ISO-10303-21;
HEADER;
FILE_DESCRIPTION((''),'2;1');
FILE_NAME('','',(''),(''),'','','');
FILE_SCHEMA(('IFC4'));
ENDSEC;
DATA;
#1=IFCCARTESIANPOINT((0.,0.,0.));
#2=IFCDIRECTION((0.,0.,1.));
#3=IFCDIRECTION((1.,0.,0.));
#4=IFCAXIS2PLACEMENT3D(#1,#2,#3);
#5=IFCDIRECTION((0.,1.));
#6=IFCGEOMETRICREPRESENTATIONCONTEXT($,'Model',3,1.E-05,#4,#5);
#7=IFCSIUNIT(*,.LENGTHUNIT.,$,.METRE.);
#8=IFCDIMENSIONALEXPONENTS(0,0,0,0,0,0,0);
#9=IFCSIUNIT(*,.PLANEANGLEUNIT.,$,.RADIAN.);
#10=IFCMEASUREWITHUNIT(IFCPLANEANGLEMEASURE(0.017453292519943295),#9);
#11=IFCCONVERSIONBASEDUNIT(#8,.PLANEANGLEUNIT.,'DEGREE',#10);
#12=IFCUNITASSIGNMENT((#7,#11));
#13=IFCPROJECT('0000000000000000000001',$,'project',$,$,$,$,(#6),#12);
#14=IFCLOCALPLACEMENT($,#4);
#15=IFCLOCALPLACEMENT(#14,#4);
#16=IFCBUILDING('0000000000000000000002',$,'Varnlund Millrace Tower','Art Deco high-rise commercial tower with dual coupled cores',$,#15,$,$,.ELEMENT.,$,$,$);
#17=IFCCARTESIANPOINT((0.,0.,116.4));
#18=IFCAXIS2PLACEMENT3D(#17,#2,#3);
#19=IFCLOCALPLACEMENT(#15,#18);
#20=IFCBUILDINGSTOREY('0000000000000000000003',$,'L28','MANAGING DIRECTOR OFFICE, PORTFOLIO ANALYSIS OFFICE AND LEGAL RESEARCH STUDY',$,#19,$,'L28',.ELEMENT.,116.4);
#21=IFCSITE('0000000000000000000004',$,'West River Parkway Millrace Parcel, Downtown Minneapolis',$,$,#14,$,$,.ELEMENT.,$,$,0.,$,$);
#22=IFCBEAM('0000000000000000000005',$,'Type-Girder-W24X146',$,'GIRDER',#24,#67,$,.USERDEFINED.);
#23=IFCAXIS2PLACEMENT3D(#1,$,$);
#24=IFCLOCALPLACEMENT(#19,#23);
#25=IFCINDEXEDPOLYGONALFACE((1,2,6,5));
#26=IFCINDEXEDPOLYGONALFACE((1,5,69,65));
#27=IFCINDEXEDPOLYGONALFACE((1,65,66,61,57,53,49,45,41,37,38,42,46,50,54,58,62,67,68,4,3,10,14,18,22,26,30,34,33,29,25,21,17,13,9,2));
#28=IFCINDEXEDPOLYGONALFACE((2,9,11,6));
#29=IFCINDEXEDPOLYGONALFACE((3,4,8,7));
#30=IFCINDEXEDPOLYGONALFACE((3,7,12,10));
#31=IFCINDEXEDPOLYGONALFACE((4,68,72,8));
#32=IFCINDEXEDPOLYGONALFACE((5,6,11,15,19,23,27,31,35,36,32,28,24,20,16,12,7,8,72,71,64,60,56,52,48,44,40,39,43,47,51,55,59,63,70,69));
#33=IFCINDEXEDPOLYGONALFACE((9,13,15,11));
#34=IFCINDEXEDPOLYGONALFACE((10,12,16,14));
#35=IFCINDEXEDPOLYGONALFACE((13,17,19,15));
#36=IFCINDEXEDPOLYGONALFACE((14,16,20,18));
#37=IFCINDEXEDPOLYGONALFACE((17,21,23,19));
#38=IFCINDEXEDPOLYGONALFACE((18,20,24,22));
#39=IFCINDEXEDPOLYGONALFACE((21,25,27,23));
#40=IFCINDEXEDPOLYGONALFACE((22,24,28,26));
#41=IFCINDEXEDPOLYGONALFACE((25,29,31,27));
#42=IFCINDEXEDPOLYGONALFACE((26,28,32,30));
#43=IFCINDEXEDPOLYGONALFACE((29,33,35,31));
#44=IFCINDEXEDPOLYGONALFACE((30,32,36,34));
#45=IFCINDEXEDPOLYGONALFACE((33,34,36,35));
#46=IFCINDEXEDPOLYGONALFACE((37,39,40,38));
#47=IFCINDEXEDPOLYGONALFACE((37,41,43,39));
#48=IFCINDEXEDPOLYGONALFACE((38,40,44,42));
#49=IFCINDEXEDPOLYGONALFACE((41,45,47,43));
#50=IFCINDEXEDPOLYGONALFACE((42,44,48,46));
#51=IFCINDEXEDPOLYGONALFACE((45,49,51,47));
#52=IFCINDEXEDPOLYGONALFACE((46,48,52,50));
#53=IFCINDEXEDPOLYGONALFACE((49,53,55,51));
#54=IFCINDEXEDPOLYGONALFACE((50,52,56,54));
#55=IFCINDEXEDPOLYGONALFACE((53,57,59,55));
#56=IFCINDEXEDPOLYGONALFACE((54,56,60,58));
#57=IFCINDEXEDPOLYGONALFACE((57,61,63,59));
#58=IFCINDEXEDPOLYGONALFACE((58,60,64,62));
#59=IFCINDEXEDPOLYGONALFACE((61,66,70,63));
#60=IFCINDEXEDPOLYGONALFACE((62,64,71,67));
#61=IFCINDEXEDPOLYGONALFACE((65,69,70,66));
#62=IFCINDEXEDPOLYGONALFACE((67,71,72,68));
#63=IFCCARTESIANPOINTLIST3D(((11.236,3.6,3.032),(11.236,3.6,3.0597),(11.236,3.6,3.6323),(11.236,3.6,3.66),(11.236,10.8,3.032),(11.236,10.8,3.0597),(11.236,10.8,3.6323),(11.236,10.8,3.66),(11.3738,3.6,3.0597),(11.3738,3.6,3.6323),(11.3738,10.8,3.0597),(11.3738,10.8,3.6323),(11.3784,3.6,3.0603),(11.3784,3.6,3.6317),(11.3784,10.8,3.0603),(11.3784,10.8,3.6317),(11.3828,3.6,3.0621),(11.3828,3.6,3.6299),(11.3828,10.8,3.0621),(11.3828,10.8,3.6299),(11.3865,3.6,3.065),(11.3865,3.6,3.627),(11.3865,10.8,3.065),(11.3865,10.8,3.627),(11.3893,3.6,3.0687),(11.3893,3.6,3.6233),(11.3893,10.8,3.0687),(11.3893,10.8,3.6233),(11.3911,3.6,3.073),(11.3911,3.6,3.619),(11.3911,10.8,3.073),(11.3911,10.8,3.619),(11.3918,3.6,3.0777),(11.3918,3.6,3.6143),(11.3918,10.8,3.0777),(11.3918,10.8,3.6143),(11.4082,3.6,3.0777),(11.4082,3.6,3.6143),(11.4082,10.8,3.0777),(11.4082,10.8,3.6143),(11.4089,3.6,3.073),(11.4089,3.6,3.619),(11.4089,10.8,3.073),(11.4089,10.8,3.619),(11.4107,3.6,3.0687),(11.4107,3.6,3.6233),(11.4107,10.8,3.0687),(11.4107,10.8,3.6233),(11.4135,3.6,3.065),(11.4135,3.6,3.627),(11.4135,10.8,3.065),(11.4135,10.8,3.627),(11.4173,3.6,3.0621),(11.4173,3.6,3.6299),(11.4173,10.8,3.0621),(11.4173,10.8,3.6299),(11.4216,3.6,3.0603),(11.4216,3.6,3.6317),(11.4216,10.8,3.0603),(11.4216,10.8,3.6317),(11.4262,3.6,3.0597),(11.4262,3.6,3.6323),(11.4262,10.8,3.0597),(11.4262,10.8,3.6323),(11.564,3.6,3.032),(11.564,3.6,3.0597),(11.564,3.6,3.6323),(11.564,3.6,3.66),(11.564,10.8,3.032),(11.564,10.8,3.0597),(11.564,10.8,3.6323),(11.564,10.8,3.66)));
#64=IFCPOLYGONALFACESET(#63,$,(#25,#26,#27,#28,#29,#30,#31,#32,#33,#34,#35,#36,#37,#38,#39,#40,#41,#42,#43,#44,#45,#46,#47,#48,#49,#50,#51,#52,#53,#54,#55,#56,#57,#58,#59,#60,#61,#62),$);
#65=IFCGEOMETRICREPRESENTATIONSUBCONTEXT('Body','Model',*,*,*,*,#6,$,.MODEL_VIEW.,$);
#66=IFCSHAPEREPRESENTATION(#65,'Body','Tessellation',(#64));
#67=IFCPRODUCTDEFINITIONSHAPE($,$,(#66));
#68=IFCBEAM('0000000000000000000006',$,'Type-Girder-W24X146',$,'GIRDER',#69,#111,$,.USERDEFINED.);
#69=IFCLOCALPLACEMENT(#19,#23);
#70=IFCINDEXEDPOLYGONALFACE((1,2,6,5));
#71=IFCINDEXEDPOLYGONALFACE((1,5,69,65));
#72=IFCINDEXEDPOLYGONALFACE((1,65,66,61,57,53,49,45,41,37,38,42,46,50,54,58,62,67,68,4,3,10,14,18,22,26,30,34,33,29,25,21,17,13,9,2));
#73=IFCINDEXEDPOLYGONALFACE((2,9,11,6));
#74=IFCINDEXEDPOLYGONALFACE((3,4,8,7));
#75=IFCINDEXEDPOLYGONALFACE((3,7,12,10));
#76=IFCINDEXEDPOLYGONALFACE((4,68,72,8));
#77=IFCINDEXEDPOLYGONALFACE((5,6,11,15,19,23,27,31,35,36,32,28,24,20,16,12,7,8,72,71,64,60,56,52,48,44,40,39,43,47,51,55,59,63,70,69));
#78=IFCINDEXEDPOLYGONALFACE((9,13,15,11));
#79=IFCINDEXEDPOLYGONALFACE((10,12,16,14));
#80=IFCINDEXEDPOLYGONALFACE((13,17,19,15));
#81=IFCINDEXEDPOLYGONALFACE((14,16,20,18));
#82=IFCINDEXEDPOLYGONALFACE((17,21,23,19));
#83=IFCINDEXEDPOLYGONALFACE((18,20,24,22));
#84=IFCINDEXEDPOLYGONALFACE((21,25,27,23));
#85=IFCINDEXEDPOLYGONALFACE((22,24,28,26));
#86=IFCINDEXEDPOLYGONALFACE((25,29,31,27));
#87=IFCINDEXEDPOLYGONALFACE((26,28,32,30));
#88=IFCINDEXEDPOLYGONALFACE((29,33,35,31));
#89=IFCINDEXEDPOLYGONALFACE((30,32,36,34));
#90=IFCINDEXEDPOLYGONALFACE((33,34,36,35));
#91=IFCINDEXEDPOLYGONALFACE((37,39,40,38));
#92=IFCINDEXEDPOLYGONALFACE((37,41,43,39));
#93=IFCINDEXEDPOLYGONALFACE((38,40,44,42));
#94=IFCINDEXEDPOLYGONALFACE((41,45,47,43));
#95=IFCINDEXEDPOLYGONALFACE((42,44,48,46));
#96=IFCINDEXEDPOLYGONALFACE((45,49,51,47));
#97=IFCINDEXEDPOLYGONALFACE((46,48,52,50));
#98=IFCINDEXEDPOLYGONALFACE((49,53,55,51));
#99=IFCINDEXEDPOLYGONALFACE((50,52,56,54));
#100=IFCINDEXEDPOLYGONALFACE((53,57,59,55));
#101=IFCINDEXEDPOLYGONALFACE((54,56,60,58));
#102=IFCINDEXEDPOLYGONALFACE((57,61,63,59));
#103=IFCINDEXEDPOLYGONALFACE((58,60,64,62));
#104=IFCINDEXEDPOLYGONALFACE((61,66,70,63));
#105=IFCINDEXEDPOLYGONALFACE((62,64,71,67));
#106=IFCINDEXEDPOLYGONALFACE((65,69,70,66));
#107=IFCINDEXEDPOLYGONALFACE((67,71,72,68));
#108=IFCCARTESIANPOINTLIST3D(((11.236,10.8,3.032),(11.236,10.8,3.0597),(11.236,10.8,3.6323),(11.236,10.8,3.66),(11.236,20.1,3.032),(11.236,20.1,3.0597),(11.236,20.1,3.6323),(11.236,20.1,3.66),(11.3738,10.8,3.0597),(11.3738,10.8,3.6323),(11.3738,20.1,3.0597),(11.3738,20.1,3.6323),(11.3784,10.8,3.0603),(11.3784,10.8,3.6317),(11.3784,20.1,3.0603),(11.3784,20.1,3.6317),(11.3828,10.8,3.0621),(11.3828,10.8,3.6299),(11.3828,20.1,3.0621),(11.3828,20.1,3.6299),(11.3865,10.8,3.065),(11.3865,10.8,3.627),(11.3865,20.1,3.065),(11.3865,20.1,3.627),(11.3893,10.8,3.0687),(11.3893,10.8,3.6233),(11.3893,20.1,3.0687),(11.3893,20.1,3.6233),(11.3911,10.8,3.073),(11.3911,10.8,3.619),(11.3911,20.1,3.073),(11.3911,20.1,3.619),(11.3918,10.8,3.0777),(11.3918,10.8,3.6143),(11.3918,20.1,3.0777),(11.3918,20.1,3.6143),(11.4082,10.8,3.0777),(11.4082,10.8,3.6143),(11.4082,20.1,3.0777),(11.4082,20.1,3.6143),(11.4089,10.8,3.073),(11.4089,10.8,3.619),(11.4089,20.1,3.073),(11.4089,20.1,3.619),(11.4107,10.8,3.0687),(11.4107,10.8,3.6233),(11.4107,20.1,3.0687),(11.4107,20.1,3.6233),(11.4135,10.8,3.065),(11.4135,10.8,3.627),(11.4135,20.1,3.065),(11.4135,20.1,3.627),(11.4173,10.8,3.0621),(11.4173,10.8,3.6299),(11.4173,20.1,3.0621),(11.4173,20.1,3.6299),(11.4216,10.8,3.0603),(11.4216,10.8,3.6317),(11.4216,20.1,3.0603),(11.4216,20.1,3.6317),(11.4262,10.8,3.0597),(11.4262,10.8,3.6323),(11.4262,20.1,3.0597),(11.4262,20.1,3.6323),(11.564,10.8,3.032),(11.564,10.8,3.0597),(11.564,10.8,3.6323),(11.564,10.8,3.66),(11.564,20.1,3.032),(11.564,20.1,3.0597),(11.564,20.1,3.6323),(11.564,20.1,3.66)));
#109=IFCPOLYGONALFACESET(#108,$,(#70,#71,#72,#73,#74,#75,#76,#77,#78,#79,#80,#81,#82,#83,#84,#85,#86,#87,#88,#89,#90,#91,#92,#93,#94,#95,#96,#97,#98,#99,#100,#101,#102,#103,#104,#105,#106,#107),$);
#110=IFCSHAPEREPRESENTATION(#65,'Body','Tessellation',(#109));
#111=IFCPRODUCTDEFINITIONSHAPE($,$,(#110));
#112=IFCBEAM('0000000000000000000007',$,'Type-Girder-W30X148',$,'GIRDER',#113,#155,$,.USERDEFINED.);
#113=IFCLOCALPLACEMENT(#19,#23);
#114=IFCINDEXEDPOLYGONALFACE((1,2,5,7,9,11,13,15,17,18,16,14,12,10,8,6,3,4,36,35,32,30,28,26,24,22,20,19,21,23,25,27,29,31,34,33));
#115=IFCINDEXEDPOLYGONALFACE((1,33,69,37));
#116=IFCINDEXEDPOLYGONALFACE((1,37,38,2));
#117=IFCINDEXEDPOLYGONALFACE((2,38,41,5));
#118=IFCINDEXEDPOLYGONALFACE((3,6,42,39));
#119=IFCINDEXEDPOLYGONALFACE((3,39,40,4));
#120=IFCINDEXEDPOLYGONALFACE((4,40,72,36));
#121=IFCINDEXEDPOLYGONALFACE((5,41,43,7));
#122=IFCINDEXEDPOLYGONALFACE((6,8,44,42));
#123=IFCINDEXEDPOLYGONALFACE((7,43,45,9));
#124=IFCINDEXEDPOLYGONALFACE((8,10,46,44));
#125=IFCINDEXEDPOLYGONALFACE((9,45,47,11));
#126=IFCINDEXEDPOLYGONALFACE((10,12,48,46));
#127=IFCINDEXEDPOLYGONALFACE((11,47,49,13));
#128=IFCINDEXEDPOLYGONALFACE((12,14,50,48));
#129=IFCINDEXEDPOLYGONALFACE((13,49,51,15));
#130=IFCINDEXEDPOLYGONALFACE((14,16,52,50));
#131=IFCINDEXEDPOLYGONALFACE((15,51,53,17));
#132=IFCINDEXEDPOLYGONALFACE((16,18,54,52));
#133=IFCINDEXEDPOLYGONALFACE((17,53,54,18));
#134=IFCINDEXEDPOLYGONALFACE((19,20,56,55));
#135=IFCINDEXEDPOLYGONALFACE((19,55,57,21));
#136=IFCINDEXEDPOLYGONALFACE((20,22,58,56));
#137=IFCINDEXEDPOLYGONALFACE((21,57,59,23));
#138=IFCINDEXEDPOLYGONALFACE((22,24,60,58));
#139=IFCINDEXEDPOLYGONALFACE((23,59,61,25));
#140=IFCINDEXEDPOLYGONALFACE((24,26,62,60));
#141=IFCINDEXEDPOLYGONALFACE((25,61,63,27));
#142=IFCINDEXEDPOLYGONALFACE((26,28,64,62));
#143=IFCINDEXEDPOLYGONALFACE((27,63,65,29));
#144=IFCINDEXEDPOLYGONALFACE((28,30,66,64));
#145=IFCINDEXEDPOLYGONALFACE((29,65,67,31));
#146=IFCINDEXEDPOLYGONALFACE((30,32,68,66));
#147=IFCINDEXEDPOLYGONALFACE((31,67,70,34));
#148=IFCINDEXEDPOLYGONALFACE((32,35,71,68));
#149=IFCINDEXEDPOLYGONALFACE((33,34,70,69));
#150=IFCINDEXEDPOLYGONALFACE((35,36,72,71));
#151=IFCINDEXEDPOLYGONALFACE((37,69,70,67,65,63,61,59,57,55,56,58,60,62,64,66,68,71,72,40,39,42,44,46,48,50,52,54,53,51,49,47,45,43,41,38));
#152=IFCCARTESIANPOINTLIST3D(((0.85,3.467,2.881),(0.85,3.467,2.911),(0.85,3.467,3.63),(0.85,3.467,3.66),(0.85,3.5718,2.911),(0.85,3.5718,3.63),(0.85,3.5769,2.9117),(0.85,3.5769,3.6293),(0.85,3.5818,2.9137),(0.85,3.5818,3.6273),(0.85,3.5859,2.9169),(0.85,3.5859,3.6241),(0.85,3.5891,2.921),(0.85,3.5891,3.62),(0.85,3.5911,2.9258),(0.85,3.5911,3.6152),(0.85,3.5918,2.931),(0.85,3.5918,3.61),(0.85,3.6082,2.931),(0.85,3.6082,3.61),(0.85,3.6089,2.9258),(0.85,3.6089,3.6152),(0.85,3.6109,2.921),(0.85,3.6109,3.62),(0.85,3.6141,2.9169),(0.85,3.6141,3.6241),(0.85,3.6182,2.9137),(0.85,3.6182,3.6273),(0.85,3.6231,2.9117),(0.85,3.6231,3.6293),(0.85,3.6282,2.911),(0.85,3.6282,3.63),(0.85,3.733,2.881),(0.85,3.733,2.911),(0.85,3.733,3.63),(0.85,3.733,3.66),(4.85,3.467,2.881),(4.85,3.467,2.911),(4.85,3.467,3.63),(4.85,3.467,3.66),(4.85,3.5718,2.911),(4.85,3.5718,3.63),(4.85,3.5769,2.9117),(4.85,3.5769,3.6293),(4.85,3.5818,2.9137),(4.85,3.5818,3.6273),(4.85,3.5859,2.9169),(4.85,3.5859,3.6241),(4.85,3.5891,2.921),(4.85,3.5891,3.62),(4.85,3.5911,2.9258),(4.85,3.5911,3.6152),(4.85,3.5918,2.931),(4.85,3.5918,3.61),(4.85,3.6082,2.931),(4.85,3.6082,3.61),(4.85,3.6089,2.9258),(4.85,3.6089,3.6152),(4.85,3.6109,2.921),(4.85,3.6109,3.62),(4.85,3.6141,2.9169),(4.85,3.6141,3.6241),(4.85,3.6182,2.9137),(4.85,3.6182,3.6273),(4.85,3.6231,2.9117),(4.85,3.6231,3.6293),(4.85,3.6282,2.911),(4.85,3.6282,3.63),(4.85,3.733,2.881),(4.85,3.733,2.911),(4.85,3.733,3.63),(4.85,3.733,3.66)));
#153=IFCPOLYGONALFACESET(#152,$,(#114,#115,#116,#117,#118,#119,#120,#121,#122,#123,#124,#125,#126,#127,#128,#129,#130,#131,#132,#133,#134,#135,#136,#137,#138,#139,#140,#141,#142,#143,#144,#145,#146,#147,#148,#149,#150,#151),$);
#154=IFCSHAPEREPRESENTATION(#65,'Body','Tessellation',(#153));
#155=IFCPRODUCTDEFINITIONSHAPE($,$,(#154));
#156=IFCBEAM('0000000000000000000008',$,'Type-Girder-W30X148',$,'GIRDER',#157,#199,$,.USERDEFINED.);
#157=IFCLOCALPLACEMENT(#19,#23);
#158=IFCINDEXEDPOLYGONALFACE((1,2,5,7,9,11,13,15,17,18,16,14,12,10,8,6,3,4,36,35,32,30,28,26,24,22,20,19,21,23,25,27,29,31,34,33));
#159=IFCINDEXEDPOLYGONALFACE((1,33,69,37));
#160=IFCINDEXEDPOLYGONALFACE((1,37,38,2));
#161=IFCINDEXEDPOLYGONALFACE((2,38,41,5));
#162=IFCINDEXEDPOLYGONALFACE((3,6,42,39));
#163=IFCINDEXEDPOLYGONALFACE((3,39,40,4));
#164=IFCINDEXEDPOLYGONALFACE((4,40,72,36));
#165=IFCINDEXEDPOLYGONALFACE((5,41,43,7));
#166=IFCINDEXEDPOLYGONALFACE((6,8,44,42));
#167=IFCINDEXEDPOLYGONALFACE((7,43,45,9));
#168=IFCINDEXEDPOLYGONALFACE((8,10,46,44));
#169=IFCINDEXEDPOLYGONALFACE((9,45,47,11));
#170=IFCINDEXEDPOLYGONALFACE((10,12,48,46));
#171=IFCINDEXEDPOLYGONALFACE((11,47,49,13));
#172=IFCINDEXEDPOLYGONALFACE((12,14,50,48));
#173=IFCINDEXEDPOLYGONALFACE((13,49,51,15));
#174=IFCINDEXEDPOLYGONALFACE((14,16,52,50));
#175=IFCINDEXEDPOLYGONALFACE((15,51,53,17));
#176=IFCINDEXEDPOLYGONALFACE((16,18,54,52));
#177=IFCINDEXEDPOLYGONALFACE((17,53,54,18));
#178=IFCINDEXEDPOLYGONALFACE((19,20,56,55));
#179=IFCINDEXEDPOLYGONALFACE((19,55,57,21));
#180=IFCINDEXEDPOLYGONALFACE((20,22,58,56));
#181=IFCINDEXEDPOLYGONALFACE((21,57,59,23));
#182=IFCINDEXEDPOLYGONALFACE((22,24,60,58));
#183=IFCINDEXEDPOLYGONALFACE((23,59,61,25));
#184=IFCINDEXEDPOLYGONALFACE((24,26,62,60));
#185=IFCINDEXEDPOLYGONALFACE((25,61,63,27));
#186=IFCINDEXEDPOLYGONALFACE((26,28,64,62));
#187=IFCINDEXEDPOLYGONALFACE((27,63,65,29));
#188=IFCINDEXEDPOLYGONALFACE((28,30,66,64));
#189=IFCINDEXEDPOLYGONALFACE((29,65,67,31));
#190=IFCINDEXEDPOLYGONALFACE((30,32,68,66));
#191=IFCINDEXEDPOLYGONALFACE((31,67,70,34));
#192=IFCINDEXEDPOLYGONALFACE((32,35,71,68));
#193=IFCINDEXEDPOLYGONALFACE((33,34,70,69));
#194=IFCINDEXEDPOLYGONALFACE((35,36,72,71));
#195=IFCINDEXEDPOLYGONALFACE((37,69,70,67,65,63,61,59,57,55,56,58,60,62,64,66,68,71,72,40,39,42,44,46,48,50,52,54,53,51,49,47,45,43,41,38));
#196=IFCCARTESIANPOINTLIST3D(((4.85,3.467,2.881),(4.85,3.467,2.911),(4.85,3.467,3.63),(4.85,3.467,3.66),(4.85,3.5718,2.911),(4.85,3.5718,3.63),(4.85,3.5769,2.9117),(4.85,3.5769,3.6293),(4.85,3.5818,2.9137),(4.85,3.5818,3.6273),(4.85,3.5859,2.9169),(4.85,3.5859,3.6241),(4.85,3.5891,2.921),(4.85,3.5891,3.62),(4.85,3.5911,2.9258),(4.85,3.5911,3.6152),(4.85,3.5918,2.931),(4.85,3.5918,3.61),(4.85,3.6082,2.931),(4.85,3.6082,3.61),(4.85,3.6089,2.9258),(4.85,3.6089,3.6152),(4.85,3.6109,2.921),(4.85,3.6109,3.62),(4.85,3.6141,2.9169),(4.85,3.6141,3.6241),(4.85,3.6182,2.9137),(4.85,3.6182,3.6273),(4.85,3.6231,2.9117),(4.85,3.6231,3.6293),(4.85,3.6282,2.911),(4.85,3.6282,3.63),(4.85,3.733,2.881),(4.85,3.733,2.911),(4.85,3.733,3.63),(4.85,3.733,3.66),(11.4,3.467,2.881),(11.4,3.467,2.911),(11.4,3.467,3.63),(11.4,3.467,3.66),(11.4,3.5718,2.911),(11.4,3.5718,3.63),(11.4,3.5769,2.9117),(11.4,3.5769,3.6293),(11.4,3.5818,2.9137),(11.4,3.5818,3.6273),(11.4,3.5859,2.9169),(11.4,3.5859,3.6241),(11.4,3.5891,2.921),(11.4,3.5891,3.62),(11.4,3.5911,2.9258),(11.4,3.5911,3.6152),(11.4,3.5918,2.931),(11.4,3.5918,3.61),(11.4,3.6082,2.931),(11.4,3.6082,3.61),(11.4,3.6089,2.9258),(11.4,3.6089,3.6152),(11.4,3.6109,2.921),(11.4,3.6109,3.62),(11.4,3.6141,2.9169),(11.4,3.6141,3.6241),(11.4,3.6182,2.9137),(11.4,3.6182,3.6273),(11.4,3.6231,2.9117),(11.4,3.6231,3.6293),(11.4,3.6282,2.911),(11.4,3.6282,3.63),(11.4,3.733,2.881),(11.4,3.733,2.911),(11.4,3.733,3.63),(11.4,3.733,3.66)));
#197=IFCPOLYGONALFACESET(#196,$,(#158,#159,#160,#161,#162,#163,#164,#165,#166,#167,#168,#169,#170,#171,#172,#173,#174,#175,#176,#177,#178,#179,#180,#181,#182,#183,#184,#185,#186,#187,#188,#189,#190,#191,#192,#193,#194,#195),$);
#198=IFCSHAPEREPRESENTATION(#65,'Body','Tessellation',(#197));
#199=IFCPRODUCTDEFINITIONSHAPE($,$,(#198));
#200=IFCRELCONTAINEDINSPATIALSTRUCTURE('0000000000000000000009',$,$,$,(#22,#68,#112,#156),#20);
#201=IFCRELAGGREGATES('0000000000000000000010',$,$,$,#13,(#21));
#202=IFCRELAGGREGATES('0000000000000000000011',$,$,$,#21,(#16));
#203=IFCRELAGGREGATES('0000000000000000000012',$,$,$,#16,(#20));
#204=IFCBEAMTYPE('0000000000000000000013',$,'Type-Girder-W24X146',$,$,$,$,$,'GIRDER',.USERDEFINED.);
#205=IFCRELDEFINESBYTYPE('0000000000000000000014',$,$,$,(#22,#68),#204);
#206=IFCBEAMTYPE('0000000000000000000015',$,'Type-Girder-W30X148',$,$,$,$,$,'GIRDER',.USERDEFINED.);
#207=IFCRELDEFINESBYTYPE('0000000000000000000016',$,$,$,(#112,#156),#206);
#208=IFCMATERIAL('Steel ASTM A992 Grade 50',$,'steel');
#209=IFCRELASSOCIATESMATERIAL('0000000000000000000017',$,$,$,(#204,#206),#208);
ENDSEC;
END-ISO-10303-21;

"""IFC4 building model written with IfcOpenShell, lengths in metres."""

from ifc_helpers import new_model, entity, si_unit, converted_unit, direction, frame, origin_with_axes, origin_2d_with_axis, place, context, subcontext, project, spatial, i_section, extrude, material, material_profile, profile_set, type_object, element, save


model = new_model("IFC4")

# Units and contexts
model_context = context("Model", 3, precision=1e-05, world=origin_with_axes(), true_north=direction((0.0, 1.0)))
body_context = subcontext(model_context, "Body", "Model", "MODEL_VIEW")
ifc_project = project(units=[si_unit("LENGTHUNIT", "METRE"), converted_unit("PLANEANGLEUNIT", "DEGREE", entity("IfcPlaneAngleMeasure", 0.017453292519943295), si_unit("PLANEANGLEUNIT", "RADIAN"), dimensions=[0, 0, 0, 0, 0, 0, 0])], contexts=[model_context])

# Site, building, storey
site_placement = place(None, origin_with_axes())
site = spatial("IfcSite", under=ifc_project, at=site_placement, Name="West River Parkway Millrace Parcel, Downtown Minneapolis", CompositionType="ELEMENT", RefElevation=0.0)
building_placement = place(site_placement, origin_with_axes())
building = spatial("IfcBuilding", under=site, at=building_placement, Name="Varnlund Millrace Tower", Description="Art Deco high-rise commercial tower with dual coupled cores", CompositionType="ELEMENT")
storey_placement = place(building_placement, frame((0.0, 0.0, 116.4), z_axis=(0.0, 0.0, 1.0), x_axis=(1.0, 0.0, 0.0)))
storey = spatial("IfcBuildingStorey", under=building, at=storey_placement, Name="L28", Description="MANAGING DIRECTOR OFFICE, PORTFOLIO ANALYSIS OFFICE AND LEGAL RESEARCH STUDY", LongName="L28", CompositionType="ELEMENT", Elevation=116.4)

# Beams
ifc_material_1 = material(Name="Steel ASTM A992 Grade 50", Category="steel")
ifc_material_profile_1 = material_profile(ifc_material_1, i_section(OverallWidth=0.328, OverallDepth=0.628, WebThickness=0.0165, FlangeThickness=0.0277, FilletRadius=0.018, at=origin_2d_with_axis()), Name="Steel ASTM A992 Grade 50")
ifc_profile_set_1 = profile_set([ifc_material_profile_1], Name="Steel ASTM A992 Grade 50")
beam_type_1 = type_object("IfcBeamType", Name="Type-Girder-W24X146", ElementType="GIRDER", PredefinedType="USERDEFINED", material=ifc_profile_set_1)
beam_1_placement = place(storey_placement, frame((11.4, 3.6, 3.346), z_axis=(0.0, 1.0, 0.0), x_axis=(-1.0, 0.0, 0.0)))
element("IfcBeam", 1, at=beam_1_placement, inside=storey, type_object=beam_type_1, Name="Type-Girder-W24X146", ObjectType="GIRDER", PredefinedType="USERDEFINED", context=body_context, shape_type="SweptSolid", body=[
    extrude(i_section(OverallWidth=0.328, OverallDepth=0.628, WebThickness=0.0165, FlangeThickness=0.0277, FilletRadius=0.018, at=origin_2d_with_axis()), origin_with_axes(), (0.0, 0.0, 1.0), 7.2),
])
beam_2_placement = place(storey_placement, frame((11.4, 10.8, 3.346), z_axis=(0.0, 1.0, 0.0), x_axis=(-1.0, 0.0, 0.0)))
element("IfcBeam", 2, at=beam_2_placement, inside=storey, type_object=beam_type_1, Name="Type-Girder-W24X146", ObjectType="GIRDER", PredefinedType="USERDEFINED", context=body_context, shape_type="SweptSolid", body=[
    extrude(i_section(OverallWidth=0.328, OverallDepth=0.628, WebThickness=0.0165, FlangeThickness=0.0277, FilletRadius=0.018, at=origin_2d_with_axis()), origin_with_axes(), (0.0, 0.0, 1.0), 9.3),
])
ifc_material_profile_2 = material_profile(ifc_material_1, i_section(OverallWidth=0.266, OverallDepth=0.779, WebThickness=0.0165, FlangeThickness=0.03, FilletRadius=0.02, at=origin_2d_with_axis()), Name="Steel ASTM A992 Grade 50")
ifc_profile_set_2 = profile_set([ifc_material_profile_2], Name="Steel ASTM A992 Grade 50")
beam_type_2 = type_object("IfcBeamType", Name="Type-Girder-W30X148", ElementType="GIRDER", PredefinedType="USERDEFINED", material=ifc_profile_set_2)
beam_3_placement = place(storey_placement, frame((0.85, 3.6, 3.2705), z_axis=(1.0, 0.0, 0.0), x_axis=(0.0, 1.0, 0.0)))
element("IfcBeam", 3, at=beam_3_placement, inside=storey, type_object=beam_type_2, Name="Type-Girder-W30X148", ObjectType="GIRDER", PredefinedType="USERDEFINED", context=body_context, shape_type="SweptSolid", body=[
    extrude(i_section(OverallWidth=0.266, OverallDepth=0.779, WebThickness=0.0165, FlangeThickness=0.03, FilletRadius=0.02, at=origin_2d_with_axis()), origin_with_axes(), (0.0, 0.0, 1.0), 4.0),
])
beam_4_placement = place(storey_placement, frame((4.85, 3.6, 3.2705), z_axis=(1.0, 0.0, 0.0), x_axis=(0.0, 1.0, 0.0)))
element("IfcBeam", 4, at=beam_4_placement, inside=storey, type_object=beam_type_2, Name="Type-Girder-W30X148", ObjectType="GIRDER", PredefinedType="USERDEFINED", context=body_context, shape_type="SweptSolid", body=[
    extrude(i_section(OverallWidth=0.266, OverallDepth=0.779, WebThickness=0.0165, FlangeThickness=0.03, FilletRadius=0.02, at=origin_2d_with_axis()), origin_with_axes(), (0.0, 0.0, 1.0), 6.55),
])

save(model, "model.ifc")
